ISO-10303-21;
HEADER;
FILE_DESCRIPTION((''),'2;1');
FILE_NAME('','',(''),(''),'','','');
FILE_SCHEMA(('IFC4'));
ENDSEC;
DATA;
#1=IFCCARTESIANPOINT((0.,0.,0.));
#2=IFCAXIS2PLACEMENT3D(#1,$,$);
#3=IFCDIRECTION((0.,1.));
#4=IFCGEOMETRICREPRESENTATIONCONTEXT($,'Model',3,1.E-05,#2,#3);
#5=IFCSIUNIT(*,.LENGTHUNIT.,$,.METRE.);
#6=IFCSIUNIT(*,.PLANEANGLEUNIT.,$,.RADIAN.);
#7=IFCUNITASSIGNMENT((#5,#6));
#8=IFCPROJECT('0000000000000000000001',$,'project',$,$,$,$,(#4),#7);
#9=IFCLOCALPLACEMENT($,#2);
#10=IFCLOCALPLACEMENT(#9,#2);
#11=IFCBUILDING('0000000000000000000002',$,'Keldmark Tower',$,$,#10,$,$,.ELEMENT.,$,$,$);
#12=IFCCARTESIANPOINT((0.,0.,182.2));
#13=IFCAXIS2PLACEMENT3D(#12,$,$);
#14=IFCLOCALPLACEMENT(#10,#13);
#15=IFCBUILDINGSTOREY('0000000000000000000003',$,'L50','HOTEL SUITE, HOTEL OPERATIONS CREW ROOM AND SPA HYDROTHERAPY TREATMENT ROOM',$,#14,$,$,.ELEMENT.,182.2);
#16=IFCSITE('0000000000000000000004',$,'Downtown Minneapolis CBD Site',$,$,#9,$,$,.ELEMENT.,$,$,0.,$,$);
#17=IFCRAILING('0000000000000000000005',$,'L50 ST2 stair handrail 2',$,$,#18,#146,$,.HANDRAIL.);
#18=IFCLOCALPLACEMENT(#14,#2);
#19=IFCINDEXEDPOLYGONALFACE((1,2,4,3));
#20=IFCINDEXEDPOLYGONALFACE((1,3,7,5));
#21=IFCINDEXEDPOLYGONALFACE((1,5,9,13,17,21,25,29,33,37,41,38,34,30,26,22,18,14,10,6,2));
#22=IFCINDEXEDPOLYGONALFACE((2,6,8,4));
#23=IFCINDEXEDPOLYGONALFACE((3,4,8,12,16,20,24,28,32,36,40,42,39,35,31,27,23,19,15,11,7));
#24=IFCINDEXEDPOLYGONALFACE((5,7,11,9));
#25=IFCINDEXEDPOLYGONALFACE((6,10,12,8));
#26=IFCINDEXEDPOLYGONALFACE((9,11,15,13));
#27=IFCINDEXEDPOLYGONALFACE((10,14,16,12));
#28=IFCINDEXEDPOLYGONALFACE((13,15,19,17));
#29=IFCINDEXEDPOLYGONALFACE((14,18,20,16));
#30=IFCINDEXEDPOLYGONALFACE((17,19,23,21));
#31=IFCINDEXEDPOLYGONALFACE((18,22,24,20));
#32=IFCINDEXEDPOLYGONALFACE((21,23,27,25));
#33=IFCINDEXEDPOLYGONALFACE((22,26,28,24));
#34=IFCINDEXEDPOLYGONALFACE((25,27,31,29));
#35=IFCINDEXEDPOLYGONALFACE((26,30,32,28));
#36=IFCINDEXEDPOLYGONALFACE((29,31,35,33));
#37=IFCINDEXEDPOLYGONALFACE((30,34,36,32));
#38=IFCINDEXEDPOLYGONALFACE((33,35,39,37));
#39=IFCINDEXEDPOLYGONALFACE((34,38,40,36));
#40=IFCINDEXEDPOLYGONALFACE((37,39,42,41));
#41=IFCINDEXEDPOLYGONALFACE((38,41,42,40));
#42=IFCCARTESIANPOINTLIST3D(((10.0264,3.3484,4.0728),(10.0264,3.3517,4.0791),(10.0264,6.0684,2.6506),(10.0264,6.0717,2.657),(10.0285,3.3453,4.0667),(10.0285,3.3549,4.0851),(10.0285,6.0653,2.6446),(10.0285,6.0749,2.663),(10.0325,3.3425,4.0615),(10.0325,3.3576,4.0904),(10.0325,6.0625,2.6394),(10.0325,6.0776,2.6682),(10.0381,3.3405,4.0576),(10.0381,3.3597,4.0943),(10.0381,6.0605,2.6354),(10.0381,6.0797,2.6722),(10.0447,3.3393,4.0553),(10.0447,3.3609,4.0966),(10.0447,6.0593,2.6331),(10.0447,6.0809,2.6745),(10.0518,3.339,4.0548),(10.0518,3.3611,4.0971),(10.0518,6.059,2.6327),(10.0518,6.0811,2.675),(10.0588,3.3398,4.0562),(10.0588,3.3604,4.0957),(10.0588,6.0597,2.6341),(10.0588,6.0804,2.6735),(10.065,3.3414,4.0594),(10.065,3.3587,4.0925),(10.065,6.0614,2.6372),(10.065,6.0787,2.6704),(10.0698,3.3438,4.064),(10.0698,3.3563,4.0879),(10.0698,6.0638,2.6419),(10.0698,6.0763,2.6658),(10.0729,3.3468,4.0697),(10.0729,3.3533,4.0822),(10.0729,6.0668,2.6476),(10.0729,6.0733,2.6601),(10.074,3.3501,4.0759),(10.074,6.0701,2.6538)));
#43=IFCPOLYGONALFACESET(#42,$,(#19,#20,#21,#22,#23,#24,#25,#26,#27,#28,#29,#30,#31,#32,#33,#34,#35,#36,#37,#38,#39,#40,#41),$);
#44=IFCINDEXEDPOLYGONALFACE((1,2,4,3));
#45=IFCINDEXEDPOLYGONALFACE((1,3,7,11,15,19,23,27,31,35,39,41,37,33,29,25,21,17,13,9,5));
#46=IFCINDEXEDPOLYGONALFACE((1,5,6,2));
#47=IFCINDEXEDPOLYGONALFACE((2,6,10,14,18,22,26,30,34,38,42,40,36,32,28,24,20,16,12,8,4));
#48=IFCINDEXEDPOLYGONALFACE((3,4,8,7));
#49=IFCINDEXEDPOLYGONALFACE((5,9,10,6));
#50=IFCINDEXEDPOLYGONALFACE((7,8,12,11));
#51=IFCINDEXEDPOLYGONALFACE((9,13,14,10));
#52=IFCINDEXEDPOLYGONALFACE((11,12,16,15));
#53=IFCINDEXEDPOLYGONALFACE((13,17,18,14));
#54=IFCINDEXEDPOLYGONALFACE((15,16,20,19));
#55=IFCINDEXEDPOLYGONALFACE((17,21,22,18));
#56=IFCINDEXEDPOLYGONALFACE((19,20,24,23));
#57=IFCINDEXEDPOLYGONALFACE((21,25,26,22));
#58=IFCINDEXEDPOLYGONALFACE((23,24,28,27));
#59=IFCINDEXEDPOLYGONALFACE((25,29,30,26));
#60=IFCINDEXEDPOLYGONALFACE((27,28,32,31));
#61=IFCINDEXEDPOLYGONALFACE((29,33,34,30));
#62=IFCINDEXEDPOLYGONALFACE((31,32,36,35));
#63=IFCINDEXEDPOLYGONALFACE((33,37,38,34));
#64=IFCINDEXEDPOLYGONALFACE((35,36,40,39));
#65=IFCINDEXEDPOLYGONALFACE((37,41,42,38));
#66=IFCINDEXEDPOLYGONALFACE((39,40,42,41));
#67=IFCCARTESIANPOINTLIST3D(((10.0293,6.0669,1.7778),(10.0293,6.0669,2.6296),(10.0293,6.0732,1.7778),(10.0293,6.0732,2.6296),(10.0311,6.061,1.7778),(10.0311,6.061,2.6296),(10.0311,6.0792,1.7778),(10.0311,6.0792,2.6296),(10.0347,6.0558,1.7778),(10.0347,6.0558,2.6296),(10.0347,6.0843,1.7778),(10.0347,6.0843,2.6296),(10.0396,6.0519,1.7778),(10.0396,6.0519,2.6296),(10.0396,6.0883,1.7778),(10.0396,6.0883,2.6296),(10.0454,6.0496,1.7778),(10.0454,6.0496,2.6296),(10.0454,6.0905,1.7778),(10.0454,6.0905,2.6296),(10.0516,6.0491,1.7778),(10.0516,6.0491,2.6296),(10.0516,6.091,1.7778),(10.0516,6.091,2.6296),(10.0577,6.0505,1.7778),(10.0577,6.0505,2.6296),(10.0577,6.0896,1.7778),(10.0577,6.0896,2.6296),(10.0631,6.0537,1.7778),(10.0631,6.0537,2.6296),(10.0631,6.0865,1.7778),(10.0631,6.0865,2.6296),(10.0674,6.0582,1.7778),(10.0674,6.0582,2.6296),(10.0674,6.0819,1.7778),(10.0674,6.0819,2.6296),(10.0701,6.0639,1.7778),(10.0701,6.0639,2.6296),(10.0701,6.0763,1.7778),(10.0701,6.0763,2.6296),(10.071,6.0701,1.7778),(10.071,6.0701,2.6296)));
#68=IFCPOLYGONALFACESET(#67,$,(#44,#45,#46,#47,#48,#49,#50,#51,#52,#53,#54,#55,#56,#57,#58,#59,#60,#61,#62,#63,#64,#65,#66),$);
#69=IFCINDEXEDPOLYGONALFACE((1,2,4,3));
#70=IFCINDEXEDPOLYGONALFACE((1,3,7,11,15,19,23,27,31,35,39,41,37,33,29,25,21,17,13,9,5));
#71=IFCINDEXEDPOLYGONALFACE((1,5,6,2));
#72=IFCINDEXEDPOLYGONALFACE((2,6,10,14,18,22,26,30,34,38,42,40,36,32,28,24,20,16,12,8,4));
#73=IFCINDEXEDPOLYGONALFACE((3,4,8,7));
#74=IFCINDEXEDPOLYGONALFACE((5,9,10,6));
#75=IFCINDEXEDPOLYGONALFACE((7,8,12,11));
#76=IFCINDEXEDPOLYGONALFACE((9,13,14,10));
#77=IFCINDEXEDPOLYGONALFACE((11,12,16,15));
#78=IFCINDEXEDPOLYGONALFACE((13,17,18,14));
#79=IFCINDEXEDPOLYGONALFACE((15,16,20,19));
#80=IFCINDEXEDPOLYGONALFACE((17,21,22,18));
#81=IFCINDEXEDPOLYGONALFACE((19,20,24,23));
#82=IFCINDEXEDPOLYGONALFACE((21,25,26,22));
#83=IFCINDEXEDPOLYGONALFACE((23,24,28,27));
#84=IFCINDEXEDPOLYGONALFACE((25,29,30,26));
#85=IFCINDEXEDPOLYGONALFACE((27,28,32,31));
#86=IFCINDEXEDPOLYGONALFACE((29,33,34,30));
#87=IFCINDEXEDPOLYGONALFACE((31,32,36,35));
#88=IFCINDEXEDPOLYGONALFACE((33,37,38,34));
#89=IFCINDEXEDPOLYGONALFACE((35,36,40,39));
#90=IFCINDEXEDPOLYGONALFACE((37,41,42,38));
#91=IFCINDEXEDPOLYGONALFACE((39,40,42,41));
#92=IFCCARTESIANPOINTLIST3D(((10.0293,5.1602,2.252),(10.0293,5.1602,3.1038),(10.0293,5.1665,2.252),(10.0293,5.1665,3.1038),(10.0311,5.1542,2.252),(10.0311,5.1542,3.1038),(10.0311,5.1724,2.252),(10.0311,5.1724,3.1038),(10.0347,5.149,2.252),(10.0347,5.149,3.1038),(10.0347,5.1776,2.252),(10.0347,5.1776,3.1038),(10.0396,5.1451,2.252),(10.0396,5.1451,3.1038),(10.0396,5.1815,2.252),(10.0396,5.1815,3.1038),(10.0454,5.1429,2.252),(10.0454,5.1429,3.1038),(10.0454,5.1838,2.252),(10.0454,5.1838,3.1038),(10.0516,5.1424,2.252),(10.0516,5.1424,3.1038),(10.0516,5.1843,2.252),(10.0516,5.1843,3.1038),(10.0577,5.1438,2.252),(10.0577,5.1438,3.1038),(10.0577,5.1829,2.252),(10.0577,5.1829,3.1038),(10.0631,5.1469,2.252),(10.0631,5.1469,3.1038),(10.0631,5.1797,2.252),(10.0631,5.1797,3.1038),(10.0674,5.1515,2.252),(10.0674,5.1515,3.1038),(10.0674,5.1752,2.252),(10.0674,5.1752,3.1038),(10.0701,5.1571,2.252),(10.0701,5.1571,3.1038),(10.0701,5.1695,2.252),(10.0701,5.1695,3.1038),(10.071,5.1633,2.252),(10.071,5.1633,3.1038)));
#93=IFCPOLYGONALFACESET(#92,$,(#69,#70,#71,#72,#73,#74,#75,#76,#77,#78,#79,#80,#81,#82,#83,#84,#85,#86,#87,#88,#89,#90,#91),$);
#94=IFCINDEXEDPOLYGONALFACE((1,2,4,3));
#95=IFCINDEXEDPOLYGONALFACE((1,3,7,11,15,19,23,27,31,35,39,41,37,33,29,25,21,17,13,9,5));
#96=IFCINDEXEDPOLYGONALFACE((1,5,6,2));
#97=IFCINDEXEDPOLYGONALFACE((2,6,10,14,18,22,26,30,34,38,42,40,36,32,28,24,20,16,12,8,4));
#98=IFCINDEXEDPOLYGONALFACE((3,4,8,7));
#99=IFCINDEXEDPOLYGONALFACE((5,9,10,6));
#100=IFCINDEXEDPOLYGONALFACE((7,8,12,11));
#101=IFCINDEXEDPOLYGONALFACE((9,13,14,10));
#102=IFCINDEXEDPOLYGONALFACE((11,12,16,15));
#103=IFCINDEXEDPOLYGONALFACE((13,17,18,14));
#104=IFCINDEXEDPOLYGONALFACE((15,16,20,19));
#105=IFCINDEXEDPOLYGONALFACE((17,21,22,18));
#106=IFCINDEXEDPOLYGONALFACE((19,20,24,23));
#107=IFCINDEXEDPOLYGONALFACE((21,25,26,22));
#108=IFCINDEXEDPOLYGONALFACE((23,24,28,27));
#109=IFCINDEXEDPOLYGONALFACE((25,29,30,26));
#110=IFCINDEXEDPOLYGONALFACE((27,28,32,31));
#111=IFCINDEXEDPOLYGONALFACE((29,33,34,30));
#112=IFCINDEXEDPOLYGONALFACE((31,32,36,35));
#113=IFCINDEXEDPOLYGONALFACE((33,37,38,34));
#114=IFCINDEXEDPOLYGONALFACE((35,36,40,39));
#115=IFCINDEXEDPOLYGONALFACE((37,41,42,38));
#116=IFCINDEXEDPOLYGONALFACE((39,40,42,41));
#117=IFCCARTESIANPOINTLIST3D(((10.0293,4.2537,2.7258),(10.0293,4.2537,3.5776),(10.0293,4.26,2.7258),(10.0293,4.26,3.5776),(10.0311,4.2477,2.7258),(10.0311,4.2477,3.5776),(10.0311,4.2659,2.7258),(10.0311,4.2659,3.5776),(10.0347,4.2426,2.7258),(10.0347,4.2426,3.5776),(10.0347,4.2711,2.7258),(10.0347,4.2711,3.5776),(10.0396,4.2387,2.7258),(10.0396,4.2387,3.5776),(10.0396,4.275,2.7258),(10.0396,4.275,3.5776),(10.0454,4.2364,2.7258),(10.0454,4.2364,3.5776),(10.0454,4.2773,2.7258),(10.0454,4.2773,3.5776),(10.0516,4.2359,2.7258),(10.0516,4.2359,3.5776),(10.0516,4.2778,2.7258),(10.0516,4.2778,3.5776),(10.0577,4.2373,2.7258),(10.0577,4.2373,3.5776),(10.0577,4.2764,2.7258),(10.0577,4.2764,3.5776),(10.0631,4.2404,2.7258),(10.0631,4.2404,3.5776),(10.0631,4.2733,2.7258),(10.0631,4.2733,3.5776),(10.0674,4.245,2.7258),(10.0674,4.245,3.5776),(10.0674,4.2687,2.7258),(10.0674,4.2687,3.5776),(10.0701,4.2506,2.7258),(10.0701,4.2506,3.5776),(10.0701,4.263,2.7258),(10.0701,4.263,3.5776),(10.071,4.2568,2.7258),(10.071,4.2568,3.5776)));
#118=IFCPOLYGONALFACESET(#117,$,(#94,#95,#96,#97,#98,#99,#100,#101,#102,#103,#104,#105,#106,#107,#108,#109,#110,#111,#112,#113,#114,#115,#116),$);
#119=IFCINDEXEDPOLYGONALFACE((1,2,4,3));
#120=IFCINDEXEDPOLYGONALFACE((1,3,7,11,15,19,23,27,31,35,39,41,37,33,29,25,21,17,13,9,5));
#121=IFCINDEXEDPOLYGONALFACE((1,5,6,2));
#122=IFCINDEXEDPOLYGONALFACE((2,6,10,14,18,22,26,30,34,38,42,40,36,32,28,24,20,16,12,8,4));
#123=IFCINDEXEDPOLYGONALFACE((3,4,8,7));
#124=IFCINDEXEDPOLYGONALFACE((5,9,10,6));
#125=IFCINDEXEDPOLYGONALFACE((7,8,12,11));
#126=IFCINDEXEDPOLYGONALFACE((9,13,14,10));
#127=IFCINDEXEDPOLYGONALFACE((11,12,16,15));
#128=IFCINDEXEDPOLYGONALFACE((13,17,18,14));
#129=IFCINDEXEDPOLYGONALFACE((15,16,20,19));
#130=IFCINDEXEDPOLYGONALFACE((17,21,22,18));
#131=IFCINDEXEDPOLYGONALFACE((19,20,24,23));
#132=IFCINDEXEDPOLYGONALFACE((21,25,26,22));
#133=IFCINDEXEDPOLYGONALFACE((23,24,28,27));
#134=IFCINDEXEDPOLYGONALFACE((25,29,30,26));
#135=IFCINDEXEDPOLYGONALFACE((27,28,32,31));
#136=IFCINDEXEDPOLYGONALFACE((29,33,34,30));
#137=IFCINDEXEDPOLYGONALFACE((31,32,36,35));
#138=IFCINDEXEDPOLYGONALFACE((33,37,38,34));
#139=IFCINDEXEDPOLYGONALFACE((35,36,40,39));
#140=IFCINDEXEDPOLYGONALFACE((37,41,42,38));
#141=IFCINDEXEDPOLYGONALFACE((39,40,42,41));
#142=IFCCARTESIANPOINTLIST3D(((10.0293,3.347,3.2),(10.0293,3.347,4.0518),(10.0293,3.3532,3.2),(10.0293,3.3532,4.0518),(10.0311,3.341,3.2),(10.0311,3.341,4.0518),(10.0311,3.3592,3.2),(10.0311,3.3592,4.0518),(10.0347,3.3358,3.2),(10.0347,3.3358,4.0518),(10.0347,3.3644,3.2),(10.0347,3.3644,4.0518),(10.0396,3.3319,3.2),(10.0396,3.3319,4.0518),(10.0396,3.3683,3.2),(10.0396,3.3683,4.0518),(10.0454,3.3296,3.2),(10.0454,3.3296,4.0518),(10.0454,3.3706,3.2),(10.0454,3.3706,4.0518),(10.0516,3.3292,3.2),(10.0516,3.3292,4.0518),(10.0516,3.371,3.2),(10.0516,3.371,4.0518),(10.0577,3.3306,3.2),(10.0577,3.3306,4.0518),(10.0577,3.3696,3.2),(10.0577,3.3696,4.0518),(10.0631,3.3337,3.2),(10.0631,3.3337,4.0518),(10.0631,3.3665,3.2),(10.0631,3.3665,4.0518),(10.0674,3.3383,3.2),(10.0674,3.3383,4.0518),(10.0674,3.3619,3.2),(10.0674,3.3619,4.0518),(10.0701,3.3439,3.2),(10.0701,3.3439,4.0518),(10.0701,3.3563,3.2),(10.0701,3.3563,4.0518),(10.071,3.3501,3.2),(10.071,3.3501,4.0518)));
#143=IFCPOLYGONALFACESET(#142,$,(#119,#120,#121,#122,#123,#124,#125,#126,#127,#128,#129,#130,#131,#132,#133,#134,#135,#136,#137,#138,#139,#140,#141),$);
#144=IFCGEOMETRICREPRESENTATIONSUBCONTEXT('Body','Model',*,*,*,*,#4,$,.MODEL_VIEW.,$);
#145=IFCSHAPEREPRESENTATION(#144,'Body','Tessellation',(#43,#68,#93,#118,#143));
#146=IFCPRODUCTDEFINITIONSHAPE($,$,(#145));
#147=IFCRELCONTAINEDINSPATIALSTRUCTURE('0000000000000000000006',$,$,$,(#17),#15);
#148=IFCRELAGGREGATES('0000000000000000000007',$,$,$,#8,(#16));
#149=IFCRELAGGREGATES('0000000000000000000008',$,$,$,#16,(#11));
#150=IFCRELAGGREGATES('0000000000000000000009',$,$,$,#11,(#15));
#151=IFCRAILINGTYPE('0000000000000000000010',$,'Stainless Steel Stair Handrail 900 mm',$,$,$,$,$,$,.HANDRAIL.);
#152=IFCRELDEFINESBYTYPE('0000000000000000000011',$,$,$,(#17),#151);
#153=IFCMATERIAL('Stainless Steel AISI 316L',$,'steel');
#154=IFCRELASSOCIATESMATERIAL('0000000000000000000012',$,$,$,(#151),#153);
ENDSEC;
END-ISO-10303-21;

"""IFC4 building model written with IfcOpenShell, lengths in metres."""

from ifc_helpers import new_model, si_unit, direction, frame, origin, origin_2d, place, context, subcontext, project, spatial, circle, extrude, material, type_object, element, save


model = new_model("IFC4")

# Units and contexts
model_context = context("Model", 3, precision=1e-05, world=origin(), true_north=direction((0.0, 1.0)))
body_context = subcontext(model_context, "Body", "Model", "MODEL_VIEW")
ifc_project = project(units=[si_unit("LENGTHUNIT", "METRE"), si_unit("PLANEANGLEUNIT", "RADIAN")], contexts=[model_context])

# Site, building, storey
site_placement = place(None, origin())
site = spatial("IfcSite", under=ifc_project, at=site_placement, Name="Downtown Minneapolis CBD Site", CompositionType="ELEMENT", RefElevation=0.0)
building_placement = place(site_placement, origin())
building = spatial("IfcBuilding", under=site, at=building_placement, Name="Keldmark Tower", CompositionType="ELEMENT")
storey_placement = place(building_placement, frame((0.0, 0.0, 182.2)))
storey = spatial("IfcBuildingStorey", under=building, at=storey_placement, Name="L50", Description="HOTEL SUITE, HOTEL OPERATIONS CREW ROOM AND SPA HYDROTHERAPY TREATMENT ROOM", CompositionType="ELEMENT", Elevation=182.2)

# Railing
ifc_material_1 = material(Name="Stainless Steel AISI 316L", Category="steel")
railing_type_1 = type_object("IfcRailingType", Name="Stainless Steel Stair Handrail 900 mm", PredefinedType="HANDRAIL", material=ifc_material_1)
railing_1_placement = place(storey_placement, frame((10.05, 6.0701, 1.7778)))
element("IfcRailing", 1, at=railing_1_placement, inside=storey, type_object=railing_type_1, Name="L50 ST2 stair handrail 2", PredefinedType="HANDRAIL", context=body_context, shape_type="SweptSolid", body=[
    extrude(circle(Radius=0.0239, at=origin_2d()), frame((0.0, 0.0, 0.876), z_axis=(0.0, -0.886183, 0.463335), x_axis=(1.0, 0.0, 0.0)), (0.0, 0.0, 1.0), 3.0693),
    extrude(circle(Radius=0.021, at=origin_2d()), origin(), (0.0, 0.0, 1.0), 0.8518),
    extrude(circle(Radius=0.021, at=origin_2d()), frame((0.0, -0.9067, 0.4741)), (0.0, 0.0, 1.0), 0.8518),
    extrude(circle(Radius=0.021, at=origin_2d()), frame((0.0, -1.8132, 0.948)), (0.0, 0.0, 1.0), 0.8518),
    extrude(circle(Radius=0.021, at=origin_2d()), frame((0.0, -2.72, 1.4221)), (0.0, 0.0, 1.0), 0.8518),
])

save(model, "model.ifc")
